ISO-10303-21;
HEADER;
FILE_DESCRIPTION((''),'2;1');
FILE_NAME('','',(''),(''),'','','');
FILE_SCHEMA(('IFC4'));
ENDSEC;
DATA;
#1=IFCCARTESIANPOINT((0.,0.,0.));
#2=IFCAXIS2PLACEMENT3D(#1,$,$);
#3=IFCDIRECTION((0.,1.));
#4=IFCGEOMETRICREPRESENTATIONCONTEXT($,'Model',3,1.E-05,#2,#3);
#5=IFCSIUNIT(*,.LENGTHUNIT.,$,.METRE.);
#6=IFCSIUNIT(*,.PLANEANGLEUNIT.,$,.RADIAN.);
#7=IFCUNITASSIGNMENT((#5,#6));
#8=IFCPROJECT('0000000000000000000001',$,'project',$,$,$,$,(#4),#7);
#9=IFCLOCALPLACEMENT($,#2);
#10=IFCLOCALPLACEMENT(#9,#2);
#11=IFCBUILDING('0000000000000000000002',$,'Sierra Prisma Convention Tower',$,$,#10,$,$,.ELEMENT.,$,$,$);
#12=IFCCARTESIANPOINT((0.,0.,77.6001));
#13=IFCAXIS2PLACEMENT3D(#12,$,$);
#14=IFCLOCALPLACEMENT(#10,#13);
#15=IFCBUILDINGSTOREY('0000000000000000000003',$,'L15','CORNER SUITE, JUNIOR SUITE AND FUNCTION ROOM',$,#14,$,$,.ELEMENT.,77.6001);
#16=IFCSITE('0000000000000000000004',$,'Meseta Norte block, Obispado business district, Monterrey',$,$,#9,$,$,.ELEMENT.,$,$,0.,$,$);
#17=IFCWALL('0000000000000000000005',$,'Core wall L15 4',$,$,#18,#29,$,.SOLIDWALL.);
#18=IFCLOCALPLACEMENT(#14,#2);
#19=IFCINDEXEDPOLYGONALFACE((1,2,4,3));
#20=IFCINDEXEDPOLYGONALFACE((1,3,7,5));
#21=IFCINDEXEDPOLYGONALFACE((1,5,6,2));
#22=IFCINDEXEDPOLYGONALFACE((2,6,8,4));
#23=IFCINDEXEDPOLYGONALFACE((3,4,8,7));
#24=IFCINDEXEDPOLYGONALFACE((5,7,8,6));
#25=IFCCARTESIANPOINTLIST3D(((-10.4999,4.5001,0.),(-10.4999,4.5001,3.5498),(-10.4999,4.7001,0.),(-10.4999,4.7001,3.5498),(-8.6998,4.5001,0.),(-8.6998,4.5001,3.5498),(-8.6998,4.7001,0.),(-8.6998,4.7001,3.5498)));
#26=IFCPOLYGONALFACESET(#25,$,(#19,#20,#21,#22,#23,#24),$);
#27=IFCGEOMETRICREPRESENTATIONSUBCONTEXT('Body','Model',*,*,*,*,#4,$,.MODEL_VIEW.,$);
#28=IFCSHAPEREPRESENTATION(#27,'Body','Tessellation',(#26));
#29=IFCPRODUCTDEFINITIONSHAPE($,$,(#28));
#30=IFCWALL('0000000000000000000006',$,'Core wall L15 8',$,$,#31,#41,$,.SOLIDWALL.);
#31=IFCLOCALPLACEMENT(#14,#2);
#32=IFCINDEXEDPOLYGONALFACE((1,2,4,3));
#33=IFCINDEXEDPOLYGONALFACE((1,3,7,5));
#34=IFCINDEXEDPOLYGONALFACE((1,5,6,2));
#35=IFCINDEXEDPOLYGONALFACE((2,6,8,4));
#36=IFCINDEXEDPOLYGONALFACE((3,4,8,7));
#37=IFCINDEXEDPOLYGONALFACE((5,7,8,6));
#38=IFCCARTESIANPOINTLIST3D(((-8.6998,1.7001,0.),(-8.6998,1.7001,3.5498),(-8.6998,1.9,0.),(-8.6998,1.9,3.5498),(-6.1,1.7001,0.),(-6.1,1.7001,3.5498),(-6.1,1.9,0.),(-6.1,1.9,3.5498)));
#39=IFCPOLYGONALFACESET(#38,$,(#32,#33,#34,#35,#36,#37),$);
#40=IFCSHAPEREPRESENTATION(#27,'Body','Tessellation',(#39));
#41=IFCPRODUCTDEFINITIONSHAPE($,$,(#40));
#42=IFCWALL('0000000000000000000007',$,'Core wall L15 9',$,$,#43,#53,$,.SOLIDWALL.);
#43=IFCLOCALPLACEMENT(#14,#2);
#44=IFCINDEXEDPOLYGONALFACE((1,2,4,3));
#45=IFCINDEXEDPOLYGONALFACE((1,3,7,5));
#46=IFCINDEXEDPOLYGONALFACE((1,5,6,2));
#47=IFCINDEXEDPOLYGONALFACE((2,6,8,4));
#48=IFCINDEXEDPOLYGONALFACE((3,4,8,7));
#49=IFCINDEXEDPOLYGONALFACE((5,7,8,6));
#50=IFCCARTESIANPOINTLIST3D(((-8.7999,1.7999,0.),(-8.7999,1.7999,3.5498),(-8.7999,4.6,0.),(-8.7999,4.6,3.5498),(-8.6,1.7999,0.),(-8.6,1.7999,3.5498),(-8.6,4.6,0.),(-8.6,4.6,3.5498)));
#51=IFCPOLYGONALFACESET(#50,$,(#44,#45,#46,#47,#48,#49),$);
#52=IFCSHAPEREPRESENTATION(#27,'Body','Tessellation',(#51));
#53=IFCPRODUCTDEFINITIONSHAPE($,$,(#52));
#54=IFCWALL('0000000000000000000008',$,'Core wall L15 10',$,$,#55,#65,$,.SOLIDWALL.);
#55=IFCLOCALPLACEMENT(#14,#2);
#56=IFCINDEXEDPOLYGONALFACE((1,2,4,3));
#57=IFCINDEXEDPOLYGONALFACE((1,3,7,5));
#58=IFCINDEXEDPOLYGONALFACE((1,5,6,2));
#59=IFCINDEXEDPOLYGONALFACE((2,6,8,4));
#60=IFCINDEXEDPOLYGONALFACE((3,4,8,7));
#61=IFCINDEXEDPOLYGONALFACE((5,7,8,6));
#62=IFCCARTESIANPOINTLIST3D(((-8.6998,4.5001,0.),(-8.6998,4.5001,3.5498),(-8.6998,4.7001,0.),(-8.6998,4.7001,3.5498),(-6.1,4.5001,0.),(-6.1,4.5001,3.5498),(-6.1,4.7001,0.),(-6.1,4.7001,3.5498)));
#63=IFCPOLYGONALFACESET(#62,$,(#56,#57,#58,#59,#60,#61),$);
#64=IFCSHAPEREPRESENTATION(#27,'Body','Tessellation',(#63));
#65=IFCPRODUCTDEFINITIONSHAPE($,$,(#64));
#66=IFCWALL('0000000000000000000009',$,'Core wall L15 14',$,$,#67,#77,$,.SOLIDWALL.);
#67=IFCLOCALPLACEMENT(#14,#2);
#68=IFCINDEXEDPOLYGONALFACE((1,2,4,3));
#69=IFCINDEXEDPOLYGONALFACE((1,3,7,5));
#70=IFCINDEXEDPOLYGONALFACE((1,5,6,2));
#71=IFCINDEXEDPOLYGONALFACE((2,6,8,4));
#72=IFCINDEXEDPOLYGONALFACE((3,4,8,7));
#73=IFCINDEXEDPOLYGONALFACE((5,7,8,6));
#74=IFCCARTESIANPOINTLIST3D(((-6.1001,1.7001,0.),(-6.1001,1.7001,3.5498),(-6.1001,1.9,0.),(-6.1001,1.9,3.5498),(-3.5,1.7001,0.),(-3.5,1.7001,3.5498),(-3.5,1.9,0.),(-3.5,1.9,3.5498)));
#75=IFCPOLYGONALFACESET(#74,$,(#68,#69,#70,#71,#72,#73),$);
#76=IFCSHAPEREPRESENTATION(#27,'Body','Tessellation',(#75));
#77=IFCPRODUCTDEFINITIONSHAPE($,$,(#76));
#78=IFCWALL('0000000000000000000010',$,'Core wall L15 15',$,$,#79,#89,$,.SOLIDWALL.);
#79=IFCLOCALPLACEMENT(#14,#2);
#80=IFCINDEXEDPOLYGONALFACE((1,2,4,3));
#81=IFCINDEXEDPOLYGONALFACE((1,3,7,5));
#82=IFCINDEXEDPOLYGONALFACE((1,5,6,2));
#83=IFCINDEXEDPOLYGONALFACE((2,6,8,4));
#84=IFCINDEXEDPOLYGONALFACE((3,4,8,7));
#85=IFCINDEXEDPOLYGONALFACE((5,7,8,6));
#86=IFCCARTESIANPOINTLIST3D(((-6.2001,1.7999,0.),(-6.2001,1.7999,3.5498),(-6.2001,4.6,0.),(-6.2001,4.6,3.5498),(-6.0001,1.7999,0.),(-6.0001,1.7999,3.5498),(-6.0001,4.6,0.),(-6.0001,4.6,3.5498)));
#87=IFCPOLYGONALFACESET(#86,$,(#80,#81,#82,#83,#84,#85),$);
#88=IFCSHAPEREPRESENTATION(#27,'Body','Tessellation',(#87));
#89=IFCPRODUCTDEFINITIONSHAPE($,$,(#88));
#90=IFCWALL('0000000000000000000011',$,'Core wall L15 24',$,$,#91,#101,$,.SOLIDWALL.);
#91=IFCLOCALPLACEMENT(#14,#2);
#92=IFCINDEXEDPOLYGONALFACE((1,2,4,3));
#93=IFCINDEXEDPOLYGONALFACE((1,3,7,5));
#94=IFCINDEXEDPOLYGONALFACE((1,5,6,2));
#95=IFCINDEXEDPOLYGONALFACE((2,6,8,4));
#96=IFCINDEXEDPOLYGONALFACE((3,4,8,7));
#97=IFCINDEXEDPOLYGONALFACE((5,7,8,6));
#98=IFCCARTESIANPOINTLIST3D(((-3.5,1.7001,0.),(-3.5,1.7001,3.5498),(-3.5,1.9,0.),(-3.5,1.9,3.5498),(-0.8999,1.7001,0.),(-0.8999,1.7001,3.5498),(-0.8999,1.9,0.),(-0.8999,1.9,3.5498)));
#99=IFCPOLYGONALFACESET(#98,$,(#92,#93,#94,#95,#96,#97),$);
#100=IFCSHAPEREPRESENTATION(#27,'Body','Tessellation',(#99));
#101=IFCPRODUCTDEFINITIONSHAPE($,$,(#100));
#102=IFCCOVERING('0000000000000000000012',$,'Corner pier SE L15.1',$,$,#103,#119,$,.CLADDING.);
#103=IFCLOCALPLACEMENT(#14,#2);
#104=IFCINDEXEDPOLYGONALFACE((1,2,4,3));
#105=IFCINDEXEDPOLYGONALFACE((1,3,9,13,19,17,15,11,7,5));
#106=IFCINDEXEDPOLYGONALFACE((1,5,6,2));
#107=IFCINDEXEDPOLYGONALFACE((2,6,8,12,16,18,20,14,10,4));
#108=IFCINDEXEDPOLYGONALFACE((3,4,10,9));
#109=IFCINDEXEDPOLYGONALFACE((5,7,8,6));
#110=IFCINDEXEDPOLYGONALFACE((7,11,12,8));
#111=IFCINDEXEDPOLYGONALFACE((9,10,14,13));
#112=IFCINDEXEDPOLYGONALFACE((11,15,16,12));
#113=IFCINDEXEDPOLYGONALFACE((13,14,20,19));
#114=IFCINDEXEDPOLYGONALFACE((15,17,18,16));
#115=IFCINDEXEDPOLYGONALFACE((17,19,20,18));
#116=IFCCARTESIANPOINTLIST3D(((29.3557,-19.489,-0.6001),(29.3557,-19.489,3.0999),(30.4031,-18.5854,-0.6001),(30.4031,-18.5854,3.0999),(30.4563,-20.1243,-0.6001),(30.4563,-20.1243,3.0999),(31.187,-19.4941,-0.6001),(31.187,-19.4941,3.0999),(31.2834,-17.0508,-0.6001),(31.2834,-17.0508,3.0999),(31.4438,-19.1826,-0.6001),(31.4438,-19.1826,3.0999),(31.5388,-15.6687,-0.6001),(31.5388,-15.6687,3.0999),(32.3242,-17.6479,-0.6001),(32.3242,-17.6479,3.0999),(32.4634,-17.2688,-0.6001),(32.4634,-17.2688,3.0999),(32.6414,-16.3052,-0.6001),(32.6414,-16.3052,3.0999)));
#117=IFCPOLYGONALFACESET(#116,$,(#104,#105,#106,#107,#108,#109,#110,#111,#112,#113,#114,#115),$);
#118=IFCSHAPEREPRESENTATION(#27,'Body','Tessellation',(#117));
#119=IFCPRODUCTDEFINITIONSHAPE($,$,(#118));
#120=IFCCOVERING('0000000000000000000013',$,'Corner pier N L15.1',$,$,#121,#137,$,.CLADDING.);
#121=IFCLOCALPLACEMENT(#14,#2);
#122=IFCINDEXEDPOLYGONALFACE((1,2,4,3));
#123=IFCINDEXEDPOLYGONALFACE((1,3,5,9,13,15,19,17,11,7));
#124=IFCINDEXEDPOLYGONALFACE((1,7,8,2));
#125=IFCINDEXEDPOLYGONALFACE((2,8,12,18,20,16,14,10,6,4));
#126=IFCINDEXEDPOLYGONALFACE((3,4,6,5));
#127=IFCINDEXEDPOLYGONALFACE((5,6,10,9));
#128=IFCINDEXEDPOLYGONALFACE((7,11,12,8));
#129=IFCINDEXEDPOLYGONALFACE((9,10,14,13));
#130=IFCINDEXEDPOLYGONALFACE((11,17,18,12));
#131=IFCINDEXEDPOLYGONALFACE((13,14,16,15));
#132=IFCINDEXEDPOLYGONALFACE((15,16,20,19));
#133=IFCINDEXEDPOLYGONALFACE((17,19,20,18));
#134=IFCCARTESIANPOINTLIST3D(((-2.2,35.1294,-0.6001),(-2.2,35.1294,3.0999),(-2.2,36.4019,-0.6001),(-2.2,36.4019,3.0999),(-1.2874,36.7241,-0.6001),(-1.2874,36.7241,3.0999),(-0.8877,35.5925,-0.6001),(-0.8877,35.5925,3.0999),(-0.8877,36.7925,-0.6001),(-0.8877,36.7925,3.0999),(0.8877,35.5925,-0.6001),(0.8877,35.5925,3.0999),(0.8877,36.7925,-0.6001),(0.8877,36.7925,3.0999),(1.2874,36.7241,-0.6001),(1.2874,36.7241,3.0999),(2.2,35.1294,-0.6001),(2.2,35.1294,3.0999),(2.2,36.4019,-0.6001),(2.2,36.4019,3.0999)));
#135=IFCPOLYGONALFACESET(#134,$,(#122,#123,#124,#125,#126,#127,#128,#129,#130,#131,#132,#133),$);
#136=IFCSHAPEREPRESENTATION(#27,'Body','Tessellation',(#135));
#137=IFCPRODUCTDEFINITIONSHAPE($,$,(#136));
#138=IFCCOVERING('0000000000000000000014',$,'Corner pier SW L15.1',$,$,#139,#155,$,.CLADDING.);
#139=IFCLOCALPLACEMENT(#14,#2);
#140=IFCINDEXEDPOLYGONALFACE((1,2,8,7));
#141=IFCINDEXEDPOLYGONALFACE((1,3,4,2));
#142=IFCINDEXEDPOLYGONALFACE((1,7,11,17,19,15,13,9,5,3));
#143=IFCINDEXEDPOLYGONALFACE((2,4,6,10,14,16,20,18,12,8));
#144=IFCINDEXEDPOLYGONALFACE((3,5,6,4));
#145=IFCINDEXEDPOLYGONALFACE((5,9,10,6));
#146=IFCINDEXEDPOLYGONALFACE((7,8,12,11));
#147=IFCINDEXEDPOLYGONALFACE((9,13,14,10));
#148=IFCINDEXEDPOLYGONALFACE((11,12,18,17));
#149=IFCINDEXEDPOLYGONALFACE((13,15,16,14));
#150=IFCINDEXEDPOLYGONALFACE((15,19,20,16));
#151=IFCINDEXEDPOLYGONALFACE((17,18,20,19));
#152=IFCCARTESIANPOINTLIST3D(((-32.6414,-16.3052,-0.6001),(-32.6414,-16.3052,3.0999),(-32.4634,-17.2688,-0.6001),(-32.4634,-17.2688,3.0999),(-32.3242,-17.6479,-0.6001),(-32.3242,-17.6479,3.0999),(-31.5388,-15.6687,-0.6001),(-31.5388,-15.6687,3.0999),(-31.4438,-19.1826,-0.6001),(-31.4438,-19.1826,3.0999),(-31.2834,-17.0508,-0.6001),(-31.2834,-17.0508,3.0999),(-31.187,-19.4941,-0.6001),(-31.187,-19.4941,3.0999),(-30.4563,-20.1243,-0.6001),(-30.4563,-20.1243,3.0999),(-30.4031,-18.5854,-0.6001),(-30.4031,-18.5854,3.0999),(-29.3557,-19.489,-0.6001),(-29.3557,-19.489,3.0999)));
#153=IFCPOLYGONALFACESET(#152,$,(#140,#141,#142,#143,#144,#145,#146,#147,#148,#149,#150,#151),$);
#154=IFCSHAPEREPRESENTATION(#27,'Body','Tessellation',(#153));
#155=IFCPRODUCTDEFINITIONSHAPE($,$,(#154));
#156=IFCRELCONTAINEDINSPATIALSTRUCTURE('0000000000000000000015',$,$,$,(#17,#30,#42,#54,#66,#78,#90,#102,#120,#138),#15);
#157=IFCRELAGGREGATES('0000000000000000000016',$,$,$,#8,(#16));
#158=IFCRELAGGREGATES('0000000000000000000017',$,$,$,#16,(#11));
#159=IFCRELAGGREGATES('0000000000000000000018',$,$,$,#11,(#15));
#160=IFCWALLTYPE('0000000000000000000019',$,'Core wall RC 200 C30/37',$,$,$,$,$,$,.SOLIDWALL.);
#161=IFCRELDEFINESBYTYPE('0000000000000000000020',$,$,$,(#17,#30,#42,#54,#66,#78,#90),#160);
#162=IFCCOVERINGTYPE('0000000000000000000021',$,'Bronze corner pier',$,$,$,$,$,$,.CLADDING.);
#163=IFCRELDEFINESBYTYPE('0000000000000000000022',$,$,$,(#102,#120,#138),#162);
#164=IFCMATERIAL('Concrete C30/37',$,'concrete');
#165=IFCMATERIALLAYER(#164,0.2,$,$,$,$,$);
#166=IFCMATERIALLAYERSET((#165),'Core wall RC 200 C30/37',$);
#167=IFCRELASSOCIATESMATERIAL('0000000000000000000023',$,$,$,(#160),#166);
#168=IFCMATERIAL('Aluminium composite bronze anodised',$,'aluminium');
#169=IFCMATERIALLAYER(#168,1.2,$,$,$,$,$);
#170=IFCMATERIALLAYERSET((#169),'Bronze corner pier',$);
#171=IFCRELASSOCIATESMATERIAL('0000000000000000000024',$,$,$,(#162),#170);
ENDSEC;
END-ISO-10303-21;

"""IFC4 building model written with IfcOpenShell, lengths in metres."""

from ifc_helpers import new_model, si_unit, direction, frame, frame_2d, origin, place, context, subcontext, project, spatial, polyline, rectangle, outline, extrude, material, layer, layer_set, type_object, element, save


model = new_model("IFC4")

# Units and contexts
model_context = context("Model", 3, precision=1e-05, world=origin(), true_north=direction((0.0, 1.0)))
body_context = subcontext(model_context, "Body", "Model", "MODEL_VIEW")
ifc_project = project(units=[si_unit("LENGTHUNIT", "METRE"), si_unit("PLANEANGLEUNIT", "RADIAN")], contexts=[model_context])

# Site, building, storey
site_placement = place(None, origin())
site = spatial("IfcSite", under=ifc_project, at=site_placement, Name="Meseta Norte block, Obispado business district, Monterrey", CompositionType="ELEMENT", RefElevation=0.0)
building_placement = place(site_placement, origin())
building = spatial("IfcBuilding", under=site, at=building_placement, Name="Sierra Prisma Convention Tower", CompositionType="ELEMENT")
storey_placement = place(building_placement, frame((0.0, 0.0, 77.6001)))
storey = spatial("IfcBuildingStorey", under=building, at=storey_placement, Name="L15", Description="CORNER SUITE, JUNIOR SUITE AND FUNCTION ROOM", CompositionType="ELEMENT", Elevation=77.6001)

# Shared definitions
ifc_material_1 = material(Name="Concrete C30/37", Category="concrete")
ifc_layer_1 = layer(ifc_material_1, 0.2)
ifc_layer_set_1 = layer_set([ifc_layer_1], Name="Core wall RC 200 C30/37")
wall_type = type_object("IfcWallType", Name="Core wall RC 200 C30/37", PredefinedType="SOLIDWALL", material=ifc_layer_set_1)

# Walls
wall_1_placement = place(storey_placement, frame((-8.7, 4.6001, 0.0), z_axis=(0.0, 0.0, 1.0), x_axis=(-1.0, 0.0, 0.0)))
element("IfcWall", 1, at=wall_1_placement, inside=storey, type_object=wall_type, Name="Core wall L15 4", PredefinedType="SOLIDWALL", context=body_context, shape_type="SweptSolid", body=[
    extrude(rectangle(XDim=1.8, YDim=0.2, at=frame_2d((0.8999, 0.0))), origin(), (0.0, 0.0, 1.0), 3.5498),
])
wall_2_placement = place(storey_placement, frame((-6.1001, 1.8, 0.0), z_axis=(0.0, 0.0, 1.0), x_axis=(-1.0, 0.0, 0.0)))
element("IfcWall", 2, at=wall_2_placement, inside=storey, type_object=wall_type, Name="Core wall L15 8", PredefinedType="SOLIDWALL", context=body_context, shape_type="SweptSolid", body=[
    extrude(rectangle(XDim=2.5999, YDim=0.2, at=frame_2d((1.2998, 0.0))), origin(), (0.0, 0.0, 1.0), 3.5498),
])
wall_3_placement = place(storey_placement, frame((-8.7, 1.8, 0.0), z_axis=(0.0, 0.0, 1.0), x_axis=(0.0, 1.0, 0.0)))
element("IfcWall", 3, at=wall_3_placement, inside=storey, type_object=wall_type, Name="Core wall L15 9", PredefinedType="SOLIDWALL", context=body_context, shape_type="SweptSolid", body=[
    extrude(rectangle(XDim=2.8, YDim=0.2, at=frame_2d((1.3999, 0.0))), origin(), (0.0, 0.0, 1.0), 3.5498),
])
wall_4_placement = place(storey_placement, frame((-6.1001, 4.6001, 0.0), z_axis=(0.0, 0.0, 1.0), x_axis=(-1.0, 0.0, 0.0)))
element("IfcWall", 4, at=wall_4_placement, inside=storey, type_object=wall_type, Name="Core wall L15 10", PredefinedType="SOLIDWALL", context=body_context, shape_type="SweptSolid", body=[
    extrude(rectangle(XDim=2.5999, YDim=0.2, at=frame_2d((1.2998, 0.0))), origin(), (0.0, 0.0, 1.0), 3.5498),
])

# Walls
wall_5_placement = place(storey_placement, frame((-3.5, 1.8, 0.0), z_axis=(0.0, 0.0, 1.0), x_axis=(-1.0, 0.0, 0.0)))
element("IfcWall", 5, at=wall_5_placement, inside=storey, type_object=wall_type, Name="Core wall L15 14", PredefinedType="SOLIDWALL", context=body_context, shape_type="SweptSolid", body=[
    extrude(rectangle(XDim=2.6001, YDim=0.2, at=frame_2d((1.3, 0.0))), origin(), (0.0, 0.0, 1.0), 3.5498),
])
wall_6_placement = place(storey_placement, frame((-6.1001, 1.8, 0.0), z_axis=(0.0, 0.0, 1.0), x_axis=(0.0, 1.0, 0.0)))
element("IfcWall", 6, at=wall_6_placement, inside=storey, type_object=wall_type, Name="Core wall L15 15", PredefinedType="SOLIDWALL", context=body_context, shape_type="SweptSolid", body=[
    extrude(rectangle(XDim=2.8, YDim=0.2, at=frame_2d((1.3999, 0.0))), origin(), (0.0, 0.0, 1.0), 3.5498),
])

# Wall
wall_7_placement = place(storey_placement, frame((-0.8999, 1.8, 0.0), z_axis=(0.0, 0.0, 1.0), x_axis=(-1.0, 0.0, 0.0)))
element("IfcWall", 7, at=wall_7_placement, inside=storey, type_object=wall_type, Name="Core wall L15 24", PredefinedType="SOLIDWALL", context=body_context, shape_type="SweptSolid", body=[
    extrude(rectangle(XDim=2.6001, YDim=0.2, at=frame_2d((1.3, 0.0))), origin(), (0.0, 0.0, 1.0), 3.5498),
])

# Coverings
ifc_material_2 = material(Name="Aluminium composite bronze anodised", Category="aluminium")
ifc_layer_2 = layer(ifc_material_2, 1.2)
ifc_layer_set_2 = layer_set([ifc_layer_2], Name="Bronze corner pier")
covering_type = type_object("IfcCoveringType", Name="Bronze corner pier", PredefinedType="CLADDING", material=ifc_layer_set_2)
covering_1_placement = place(storey_placement, frame((0.0, 0.0, -0.6001)))
element("IfcCovering", 8, at=covering_1_placement, inside=storey, type_object=covering_type, Name="Corner pier SE L15.1", PredefinedType="CLADDING", context=body_context, shape_type="SweptSolid", body=[
    extrude(outline(polyline([(32.4634, -17.2688), (32.3242, -17.6479), (31.4438, -19.1826), (31.187, -19.4941), (30.4563, -20.1243), (29.3557, -19.489), (30.4031, -18.5854), (31.2834, -17.0508), (31.5388, -15.6687), (32.6414, -16.3052), (32.4634, -17.2688)])), origin(), (0.0, 0.0, 1.0), 3.7),
])
covering_2_placement = place(storey_placement, frame((0.0, 0.0, -0.6001)))
element("IfcCovering", 9, at=covering_2_placement, inside=storey, type_object=covering_type, Name="Corner pier N L15.1", PredefinedType="CLADDING", context=body_context, shape_type="SweptSolid", body=[
    extrude(outline(polyline([(-1.2874, 36.7241), (-0.8877, 36.7925), (0.8877, 36.7925), (1.2874, 36.7241), (2.2, 36.4019), (2.2, 35.1294), (0.8877, 35.5925), (-0.8877, 35.5925), (-2.2, 35.1294), (-2.2, 36.4019), (-1.2874, 36.7241)])), origin(), (0.0, 0.0, 1.0), 3.7),
])
covering_3_placement = place(storey_placement, frame((0.0, 0.0, -0.6001)))
element("IfcCovering", 10, at=covering_3_placement, inside=storey, type_object=covering_type, Name="Corner pier SW L15.1", PredefinedType="CLADDING", context=body_context, shape_type="SweptSolid", body=[
    extrude(outline(polyline([(-31.187, -19.4941), (-31.4438, -19.1826), (-32.3242, -17.6479), (-32.4634, -17.2688), (-32.6414, -16.3052), (-31.5388, -15.6687), (-31.2834, -17.0508), (-30.4031, -18.5854), (-29.3557, -19.489), (-30.4563, -20.1243), (-31.187, -19.4941)])), origin(), (0.0, 0.0, 1.0), 3.7),
])

save(model, "model.ifc")
